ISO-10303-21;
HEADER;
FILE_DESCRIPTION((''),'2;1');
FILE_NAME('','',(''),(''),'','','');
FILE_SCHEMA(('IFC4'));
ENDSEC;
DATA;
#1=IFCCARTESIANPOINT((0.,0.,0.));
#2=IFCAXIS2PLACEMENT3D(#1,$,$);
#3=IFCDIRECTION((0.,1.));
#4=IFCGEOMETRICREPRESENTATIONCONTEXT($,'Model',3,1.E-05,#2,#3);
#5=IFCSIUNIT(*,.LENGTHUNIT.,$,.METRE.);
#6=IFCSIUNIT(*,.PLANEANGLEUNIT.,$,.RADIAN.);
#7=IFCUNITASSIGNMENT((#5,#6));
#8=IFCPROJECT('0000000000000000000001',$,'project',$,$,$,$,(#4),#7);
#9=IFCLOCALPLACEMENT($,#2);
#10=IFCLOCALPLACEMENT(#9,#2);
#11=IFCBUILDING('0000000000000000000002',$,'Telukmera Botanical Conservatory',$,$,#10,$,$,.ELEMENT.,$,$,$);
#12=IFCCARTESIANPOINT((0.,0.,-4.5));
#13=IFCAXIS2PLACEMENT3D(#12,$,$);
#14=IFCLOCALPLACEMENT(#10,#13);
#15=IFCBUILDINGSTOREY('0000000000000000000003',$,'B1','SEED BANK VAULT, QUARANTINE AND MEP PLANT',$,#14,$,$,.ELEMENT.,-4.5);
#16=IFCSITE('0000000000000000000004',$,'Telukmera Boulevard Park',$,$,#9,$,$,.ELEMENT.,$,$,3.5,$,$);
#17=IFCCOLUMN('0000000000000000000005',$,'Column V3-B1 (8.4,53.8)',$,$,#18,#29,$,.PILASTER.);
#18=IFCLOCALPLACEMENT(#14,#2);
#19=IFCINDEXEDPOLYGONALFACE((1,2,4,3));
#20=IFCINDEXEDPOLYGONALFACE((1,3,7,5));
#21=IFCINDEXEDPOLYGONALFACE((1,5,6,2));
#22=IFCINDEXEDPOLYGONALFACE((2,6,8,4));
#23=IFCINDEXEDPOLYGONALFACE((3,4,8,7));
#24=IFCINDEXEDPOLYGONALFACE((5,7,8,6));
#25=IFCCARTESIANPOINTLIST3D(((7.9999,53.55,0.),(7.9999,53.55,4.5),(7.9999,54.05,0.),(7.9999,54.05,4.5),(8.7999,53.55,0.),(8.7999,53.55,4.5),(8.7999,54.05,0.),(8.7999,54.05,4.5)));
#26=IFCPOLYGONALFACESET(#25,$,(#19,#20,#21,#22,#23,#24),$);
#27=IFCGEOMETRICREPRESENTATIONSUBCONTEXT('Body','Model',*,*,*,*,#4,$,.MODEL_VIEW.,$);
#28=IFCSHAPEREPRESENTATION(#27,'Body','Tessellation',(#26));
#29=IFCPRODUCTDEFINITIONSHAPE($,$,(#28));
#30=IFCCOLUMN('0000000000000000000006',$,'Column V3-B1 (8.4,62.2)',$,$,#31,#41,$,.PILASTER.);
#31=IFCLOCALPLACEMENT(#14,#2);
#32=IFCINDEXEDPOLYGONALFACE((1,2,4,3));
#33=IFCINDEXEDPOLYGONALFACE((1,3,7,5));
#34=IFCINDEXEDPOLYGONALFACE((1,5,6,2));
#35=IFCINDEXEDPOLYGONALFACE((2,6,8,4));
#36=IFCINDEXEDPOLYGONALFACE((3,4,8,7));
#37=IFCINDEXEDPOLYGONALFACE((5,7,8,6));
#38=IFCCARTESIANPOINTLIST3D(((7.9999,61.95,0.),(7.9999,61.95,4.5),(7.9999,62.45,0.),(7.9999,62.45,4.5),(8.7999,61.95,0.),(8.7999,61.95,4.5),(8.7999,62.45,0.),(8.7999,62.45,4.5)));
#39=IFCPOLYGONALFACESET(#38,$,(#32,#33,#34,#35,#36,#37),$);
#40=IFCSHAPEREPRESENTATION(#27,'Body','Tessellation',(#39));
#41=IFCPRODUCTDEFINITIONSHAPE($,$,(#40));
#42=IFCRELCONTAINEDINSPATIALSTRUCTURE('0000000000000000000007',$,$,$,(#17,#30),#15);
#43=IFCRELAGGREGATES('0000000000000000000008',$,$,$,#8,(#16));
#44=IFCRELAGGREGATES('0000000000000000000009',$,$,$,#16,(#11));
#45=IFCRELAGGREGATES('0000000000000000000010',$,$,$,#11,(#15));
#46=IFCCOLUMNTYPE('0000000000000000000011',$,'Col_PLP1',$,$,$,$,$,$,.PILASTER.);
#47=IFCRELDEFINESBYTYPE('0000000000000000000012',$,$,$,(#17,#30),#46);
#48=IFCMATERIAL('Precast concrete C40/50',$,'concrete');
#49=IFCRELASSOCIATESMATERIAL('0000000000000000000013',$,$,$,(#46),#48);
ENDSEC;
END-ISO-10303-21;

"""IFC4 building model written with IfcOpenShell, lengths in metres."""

from ifc_helpers import new_model, si_unit, direction, frame, origin, origin_2d, place, context, subcontext, project, spatial, rectangle, extrude, material, material_profile, profile_set, type_object, element, save


model = new_model("IFC4")

# Units and contexts
model_context = context("Model", 3, precision=1e-05, world=origin(), true_north=direction((0.0, 1.0)))
body_context = subcontext(model_context, "Body", "Model", "MODEL_VIEW")
ifc_project = project(units=[si_unit("LENGTHUNIT", "METRE"), si_unit("PLANEANGLEUNIT", "RADIAN")], contexts=[model_context])

# Site, building, storey
site_placement = place(None, origin())
site = spatial("IfcSite", under=ifc_project, at=site_placement, Name="Telukmera Boulevard Park", CompositionType="ELEMENT", RefElevation=3.5)
building_placement = place(site_placement, origin())
building = spatial("IfcBuilding", under=site, at=building_placement, Name="Telukmera Botanical Conservatory", CompositionType="ELEMENT")
storey_placement = place(building_placement, frame((0.0, 0.0, -4.5)))
storey = spatial("IfcBuildingStorey", under=building, at=storey_placement, Name="B1", Description="SEED BANK VAULT, QUARANTINE AND MEP PLANT", CompositionType="ELEMENT", Elevation=-4.5)

# Columns
ifc_material_1 = material(Name="Precast concrete C40/50", Category="concrete")
ifc_material_profile_1 = material_profile(ifc_material_1, rectangle(XDim=0.8, YDim=0.5, at=origin_2d()), Name="PC 800x500")
ifc_profile_set_1 = profile_set([ifc_material_profile_1], Name="Precast concrete C40/50")
column_type_1 = type_object("IfcColumnType", Name="Col_PLP1", PredefinedType="PILASTER", material=ifc_profile_set_1)
for number, where, z_axis, x_axis, name in (
    (1, (8.3999, 53.8, 0.0), (0.0, 0.0, 1.0), (1.0, 0.0, 0.0), "Column V3-B1 (8.4,53.8)"),
    (2, (8.3999, 62.2, 0.0), (0.0, 0.0, 1.0), (1.0, 0.0, 0.0), "Column V3-B1 (8.4,62.2)"),
):
    element("IfcColumn", number, at=place(storey_placement, frame(where, z_axis=z_axis, x_axis=x_axis)), inside=storey, type_object=column_type_1, Name=name, PredefinedType="PILASTER", context=body_context, shape_type="SweptSolid", body=[
        extrude(rectangle(XDim=0.8, YDim=0.5, at=origin_2d()), origin(), (0.0, 0.0, 1.0), 4.5),
    ])

save(model, "model.ifc")
